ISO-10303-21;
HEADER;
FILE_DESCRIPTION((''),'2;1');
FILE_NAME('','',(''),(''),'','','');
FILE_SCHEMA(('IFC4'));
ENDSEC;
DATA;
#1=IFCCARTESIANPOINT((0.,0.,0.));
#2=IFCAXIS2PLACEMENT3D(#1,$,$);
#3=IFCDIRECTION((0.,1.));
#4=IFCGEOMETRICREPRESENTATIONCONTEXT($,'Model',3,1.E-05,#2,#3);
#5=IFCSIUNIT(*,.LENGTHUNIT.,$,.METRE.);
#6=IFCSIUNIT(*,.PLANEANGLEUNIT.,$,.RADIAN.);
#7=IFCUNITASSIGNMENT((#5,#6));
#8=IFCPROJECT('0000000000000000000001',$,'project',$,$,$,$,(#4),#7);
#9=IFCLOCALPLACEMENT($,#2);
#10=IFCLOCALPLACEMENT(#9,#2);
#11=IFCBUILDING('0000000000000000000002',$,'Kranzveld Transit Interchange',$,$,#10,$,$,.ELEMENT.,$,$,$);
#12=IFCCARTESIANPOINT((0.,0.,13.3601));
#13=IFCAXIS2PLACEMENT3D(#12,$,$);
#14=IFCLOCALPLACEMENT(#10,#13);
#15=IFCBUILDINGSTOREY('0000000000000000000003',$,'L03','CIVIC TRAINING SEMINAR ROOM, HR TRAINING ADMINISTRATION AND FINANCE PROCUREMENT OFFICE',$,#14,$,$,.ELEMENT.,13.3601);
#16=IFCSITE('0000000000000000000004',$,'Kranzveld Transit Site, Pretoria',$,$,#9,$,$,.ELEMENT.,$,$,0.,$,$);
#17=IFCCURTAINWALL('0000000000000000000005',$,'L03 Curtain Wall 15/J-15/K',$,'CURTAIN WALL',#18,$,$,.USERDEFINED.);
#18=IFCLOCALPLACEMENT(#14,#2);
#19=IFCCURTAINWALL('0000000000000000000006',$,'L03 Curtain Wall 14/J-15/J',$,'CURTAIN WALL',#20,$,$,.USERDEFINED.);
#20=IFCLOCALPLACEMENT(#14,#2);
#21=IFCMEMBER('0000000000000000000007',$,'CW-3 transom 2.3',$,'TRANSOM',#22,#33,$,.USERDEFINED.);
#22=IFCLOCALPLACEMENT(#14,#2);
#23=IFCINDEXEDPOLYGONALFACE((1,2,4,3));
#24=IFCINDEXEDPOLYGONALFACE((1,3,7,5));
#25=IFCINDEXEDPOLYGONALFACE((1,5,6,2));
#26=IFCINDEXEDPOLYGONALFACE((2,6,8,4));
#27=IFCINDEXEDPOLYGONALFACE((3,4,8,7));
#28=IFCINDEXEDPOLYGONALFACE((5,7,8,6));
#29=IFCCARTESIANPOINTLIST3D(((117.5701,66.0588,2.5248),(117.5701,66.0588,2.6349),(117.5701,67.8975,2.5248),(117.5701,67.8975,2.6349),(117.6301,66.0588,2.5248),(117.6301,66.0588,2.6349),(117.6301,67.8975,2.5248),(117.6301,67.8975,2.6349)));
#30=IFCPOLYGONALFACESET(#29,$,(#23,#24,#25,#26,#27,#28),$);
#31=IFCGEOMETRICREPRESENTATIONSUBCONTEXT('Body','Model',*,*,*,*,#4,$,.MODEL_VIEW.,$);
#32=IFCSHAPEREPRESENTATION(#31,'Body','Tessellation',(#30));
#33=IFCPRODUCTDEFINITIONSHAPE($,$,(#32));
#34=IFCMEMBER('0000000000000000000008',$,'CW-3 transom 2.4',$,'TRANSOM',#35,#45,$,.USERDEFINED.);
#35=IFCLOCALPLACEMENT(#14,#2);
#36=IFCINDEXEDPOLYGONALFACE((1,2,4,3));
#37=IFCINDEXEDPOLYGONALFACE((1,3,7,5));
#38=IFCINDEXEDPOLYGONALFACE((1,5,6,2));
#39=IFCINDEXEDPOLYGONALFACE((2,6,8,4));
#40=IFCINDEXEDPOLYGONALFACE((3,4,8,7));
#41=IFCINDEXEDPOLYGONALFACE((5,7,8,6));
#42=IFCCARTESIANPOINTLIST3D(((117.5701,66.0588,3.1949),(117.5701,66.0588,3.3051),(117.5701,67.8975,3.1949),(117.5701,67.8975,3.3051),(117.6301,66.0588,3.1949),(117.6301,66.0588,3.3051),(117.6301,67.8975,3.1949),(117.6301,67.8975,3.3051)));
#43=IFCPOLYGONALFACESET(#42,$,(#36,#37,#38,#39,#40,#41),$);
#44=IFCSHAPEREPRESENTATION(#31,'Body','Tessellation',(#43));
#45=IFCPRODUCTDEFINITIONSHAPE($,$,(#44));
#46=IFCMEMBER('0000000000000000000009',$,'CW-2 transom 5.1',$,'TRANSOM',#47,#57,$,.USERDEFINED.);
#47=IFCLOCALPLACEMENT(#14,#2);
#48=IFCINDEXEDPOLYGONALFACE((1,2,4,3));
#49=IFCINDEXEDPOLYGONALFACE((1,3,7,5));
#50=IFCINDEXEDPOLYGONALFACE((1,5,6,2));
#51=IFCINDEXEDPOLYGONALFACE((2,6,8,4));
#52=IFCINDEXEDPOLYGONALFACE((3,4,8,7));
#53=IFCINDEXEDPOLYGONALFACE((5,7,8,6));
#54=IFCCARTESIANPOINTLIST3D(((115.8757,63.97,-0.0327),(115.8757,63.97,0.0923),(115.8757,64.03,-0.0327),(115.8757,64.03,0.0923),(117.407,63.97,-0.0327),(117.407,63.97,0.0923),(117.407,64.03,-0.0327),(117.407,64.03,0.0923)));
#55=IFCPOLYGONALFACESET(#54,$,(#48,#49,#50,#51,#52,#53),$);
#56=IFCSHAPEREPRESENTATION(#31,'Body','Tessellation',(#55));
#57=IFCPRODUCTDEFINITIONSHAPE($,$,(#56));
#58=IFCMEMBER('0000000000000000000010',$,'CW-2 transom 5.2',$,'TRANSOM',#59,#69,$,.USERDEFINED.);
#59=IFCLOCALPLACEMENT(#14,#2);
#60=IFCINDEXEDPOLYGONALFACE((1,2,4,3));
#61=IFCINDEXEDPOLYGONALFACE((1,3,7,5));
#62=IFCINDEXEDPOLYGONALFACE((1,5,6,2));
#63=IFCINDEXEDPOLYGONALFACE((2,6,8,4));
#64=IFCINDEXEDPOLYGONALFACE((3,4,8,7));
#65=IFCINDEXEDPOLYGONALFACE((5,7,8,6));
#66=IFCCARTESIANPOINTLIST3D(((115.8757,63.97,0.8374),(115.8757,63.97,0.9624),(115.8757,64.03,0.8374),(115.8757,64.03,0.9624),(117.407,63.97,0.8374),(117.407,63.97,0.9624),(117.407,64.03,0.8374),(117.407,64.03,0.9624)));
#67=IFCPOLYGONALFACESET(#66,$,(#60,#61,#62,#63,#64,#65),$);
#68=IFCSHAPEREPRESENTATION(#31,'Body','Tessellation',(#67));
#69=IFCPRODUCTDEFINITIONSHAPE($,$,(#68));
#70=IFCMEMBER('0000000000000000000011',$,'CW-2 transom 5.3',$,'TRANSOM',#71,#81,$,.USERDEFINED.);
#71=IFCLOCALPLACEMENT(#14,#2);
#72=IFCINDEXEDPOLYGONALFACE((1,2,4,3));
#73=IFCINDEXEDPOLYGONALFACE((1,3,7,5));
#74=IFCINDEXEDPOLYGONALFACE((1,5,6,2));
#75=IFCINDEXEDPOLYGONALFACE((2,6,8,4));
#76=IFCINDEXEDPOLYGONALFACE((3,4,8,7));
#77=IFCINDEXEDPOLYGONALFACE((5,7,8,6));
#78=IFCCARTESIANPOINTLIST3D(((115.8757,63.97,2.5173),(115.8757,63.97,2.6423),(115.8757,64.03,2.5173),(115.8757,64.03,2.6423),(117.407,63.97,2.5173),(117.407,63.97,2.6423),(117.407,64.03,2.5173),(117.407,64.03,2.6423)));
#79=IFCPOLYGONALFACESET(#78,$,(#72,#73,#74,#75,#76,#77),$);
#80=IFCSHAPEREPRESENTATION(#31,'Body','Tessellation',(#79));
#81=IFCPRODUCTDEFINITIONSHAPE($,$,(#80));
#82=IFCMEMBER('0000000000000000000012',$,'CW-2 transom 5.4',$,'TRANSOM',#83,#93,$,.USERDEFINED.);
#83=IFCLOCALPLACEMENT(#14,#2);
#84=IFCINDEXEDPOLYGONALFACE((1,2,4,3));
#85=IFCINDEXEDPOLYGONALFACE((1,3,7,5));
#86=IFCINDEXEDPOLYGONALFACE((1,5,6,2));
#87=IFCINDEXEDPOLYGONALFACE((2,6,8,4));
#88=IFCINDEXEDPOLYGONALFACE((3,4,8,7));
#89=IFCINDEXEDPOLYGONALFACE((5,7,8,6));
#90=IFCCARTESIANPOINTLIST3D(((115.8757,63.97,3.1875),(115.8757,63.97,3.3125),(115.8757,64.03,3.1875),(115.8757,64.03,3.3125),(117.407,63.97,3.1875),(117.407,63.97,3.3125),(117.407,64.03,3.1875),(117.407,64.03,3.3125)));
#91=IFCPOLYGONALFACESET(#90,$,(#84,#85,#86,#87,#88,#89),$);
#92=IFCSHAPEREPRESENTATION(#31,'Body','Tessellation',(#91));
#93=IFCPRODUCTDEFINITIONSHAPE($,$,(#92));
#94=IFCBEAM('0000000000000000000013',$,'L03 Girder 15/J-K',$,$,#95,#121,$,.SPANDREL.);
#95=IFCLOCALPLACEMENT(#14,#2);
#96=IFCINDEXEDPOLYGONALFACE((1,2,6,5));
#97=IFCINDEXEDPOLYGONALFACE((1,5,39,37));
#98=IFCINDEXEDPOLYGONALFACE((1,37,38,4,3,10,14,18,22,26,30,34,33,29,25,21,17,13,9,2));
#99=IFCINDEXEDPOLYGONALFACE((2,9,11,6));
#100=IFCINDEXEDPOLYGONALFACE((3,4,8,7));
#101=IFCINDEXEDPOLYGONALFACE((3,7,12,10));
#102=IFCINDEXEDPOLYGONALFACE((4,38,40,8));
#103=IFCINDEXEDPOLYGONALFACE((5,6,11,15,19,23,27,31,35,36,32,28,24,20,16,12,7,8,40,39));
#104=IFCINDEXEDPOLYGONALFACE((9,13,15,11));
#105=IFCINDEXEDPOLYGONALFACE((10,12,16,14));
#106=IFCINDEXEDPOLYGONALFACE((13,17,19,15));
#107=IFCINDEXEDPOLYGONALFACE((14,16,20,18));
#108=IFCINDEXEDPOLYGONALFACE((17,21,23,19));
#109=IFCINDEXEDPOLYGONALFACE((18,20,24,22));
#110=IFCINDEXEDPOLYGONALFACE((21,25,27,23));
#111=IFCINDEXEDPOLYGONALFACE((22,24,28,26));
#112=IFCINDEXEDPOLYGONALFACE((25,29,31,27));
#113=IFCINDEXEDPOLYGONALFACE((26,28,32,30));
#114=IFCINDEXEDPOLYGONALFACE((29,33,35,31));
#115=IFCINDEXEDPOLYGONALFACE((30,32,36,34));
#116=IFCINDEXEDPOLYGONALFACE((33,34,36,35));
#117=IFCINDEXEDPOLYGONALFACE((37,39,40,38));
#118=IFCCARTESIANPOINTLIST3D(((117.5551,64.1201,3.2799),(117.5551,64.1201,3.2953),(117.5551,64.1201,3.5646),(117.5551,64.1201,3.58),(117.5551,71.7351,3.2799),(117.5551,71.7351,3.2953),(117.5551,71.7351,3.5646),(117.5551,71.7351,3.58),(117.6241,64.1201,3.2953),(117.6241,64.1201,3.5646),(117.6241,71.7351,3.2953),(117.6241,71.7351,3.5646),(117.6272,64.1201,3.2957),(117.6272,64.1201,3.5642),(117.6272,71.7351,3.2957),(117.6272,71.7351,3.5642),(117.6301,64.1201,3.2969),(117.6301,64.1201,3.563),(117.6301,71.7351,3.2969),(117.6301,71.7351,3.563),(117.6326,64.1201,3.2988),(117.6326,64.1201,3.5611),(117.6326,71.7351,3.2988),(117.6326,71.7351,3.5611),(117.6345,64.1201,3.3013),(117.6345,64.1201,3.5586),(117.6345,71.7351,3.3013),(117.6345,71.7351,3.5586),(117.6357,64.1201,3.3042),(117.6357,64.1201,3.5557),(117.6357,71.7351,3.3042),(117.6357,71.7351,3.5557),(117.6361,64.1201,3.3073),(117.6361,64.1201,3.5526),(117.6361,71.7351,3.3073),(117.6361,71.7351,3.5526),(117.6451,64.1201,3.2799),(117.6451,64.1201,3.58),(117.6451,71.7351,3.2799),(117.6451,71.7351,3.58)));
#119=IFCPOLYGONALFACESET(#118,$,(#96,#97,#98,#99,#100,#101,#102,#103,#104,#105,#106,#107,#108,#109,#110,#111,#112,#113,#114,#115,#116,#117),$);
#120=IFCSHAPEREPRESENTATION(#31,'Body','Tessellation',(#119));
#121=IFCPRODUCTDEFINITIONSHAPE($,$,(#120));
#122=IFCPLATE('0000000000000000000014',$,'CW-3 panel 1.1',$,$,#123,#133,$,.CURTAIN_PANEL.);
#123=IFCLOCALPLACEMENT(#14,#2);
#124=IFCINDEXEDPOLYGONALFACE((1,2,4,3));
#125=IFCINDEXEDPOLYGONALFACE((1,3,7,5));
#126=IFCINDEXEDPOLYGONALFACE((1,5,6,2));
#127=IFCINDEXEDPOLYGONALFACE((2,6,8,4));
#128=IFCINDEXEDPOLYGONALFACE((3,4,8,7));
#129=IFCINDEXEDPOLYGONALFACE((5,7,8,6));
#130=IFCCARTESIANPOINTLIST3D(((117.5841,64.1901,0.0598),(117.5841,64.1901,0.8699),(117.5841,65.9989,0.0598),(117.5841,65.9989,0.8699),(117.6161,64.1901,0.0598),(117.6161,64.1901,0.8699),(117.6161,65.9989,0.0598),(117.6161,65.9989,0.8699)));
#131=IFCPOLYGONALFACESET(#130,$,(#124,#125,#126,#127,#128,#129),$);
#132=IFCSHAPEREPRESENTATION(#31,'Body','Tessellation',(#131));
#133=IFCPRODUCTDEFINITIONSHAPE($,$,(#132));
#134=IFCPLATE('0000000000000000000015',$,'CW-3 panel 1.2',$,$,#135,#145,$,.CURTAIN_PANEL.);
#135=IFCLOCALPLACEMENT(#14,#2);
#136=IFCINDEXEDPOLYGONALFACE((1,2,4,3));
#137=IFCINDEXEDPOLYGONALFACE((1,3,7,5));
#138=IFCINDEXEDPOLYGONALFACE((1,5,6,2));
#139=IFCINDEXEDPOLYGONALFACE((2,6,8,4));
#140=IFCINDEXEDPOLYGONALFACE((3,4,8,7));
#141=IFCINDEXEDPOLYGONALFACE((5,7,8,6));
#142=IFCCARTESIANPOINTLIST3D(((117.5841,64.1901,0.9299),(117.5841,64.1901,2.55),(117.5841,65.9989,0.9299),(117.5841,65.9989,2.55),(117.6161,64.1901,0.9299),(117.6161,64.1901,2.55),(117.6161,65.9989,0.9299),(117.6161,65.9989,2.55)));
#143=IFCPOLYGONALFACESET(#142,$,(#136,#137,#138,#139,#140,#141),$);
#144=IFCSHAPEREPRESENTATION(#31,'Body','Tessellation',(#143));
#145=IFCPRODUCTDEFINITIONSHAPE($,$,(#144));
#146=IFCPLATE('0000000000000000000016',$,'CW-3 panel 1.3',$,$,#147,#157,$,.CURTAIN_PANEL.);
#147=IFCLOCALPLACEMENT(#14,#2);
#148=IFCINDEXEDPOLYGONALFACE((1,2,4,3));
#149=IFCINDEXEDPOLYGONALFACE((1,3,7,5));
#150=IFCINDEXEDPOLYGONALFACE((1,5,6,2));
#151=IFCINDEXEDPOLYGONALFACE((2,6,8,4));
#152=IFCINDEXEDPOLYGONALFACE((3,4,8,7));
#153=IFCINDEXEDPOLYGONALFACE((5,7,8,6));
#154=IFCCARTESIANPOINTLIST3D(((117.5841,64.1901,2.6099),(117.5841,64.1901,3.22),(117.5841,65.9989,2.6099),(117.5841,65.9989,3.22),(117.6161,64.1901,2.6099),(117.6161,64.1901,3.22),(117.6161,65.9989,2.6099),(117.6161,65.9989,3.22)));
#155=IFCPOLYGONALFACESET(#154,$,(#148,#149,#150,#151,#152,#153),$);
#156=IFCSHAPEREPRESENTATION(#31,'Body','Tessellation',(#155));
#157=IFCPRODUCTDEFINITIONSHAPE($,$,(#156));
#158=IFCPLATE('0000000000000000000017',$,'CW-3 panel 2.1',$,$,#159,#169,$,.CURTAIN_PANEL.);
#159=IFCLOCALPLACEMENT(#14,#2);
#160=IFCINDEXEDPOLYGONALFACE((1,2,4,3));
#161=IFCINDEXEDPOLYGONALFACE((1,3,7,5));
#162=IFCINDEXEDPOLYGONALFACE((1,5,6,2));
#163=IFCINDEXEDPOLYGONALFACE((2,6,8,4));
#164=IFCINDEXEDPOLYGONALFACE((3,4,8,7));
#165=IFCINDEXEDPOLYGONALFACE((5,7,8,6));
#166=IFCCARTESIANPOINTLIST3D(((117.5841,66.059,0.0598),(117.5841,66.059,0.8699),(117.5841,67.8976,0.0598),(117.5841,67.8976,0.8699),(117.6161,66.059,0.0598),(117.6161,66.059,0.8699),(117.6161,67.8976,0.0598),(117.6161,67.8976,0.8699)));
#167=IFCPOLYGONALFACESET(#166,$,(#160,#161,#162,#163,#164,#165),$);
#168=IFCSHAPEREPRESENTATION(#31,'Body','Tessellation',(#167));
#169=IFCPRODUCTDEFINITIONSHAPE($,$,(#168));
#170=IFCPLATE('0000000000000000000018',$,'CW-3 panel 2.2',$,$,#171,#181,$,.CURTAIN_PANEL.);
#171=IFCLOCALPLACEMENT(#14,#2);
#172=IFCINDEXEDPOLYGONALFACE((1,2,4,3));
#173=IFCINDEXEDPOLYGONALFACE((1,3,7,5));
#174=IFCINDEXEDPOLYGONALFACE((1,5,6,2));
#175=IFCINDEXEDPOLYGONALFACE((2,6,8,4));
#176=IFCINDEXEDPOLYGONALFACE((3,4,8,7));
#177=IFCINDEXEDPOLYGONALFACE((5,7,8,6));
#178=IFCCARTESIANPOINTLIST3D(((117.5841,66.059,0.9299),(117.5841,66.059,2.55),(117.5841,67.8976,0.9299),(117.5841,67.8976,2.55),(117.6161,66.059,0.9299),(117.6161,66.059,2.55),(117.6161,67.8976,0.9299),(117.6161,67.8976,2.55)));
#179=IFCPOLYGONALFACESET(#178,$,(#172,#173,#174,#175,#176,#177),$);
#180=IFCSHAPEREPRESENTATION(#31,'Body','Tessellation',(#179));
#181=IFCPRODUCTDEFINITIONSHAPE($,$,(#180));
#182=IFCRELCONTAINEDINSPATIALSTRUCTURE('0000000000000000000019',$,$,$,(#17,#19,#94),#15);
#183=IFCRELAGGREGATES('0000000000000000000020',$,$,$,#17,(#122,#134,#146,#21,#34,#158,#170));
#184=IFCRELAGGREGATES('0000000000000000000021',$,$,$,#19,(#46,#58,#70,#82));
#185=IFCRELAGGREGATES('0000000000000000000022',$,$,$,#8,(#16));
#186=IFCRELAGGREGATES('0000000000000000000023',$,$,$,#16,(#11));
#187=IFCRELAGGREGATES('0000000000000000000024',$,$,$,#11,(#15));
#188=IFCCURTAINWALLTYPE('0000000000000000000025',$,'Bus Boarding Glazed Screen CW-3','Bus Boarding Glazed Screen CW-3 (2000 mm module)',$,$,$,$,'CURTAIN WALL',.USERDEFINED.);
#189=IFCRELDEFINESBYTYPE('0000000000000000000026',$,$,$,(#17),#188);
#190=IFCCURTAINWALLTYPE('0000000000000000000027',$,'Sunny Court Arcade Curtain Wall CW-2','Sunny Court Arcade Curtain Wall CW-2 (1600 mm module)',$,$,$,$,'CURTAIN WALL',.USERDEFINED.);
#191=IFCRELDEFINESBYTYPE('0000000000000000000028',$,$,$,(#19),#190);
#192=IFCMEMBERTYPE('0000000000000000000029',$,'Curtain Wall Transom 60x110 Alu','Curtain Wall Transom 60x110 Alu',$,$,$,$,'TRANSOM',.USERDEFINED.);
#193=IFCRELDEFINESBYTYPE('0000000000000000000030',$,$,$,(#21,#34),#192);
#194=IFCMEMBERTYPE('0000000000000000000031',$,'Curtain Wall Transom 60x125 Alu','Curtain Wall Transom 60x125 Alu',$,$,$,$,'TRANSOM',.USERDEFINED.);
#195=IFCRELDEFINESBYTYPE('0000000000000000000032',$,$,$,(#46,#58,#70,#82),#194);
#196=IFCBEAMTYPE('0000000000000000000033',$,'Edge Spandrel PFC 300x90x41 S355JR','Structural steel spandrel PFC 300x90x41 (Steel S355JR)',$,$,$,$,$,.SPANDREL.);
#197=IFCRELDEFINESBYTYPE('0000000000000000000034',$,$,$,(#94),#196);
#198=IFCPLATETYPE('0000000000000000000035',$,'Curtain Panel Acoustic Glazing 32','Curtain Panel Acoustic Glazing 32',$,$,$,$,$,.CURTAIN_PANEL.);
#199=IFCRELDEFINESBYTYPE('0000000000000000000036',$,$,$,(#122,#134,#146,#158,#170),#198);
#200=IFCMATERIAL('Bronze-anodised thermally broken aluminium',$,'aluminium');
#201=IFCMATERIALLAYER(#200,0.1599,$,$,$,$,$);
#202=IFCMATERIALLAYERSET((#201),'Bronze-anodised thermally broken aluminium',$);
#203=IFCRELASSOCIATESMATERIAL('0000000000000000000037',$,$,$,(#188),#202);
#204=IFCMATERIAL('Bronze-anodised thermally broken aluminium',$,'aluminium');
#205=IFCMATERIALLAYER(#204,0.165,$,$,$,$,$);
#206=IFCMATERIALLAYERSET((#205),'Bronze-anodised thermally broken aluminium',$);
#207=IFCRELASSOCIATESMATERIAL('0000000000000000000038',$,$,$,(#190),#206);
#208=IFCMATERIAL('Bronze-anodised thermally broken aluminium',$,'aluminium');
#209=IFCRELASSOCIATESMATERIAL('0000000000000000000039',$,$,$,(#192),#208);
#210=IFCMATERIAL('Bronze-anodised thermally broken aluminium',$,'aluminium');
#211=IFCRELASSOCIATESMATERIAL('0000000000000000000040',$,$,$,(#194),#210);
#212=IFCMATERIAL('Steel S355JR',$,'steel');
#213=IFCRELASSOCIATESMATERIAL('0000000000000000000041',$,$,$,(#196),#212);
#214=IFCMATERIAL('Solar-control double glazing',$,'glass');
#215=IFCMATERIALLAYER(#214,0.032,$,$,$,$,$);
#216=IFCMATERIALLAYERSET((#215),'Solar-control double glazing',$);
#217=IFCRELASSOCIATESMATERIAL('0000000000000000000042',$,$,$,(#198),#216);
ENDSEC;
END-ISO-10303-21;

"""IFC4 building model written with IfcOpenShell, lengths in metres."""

from ifc_helpers import new_model, si_unit, direction, frame, origin, origin_2d, place, context, subcontext, project, spatial, rectangle, u_section, extrude, material, layer, layer_set, material_profile, profile_set, type_object, element, aggregate, save


model = new_model("IFC4")

# Units and contexts
model_context = context("Model", 3, precision=1e-05, world=origin(), true_north=direction((0.0, 1.0)))
body_context = subcontext(model_context, "Body", "Model", "MODEL_VIEW")
ifc_project = project(units=[si_unit("LENGTHUNIT", "METRE"), si_unit("PLANEANGLEUNIT", "RADIAN")], contexts=[model_context])

# Site, building, storey
site_placement = place(None, origin())
site = spatial("IfcSite", under=ifc_project, at=site_placement, Name="Kranzveld Transit Site, Pretoria", CompositionType="ELEMENT", RefElevation=0.0)
building_placement = place(site_placement, origin())
building = spatial("IfcBuilding", under=site, at=building_placement, Name="Kranzveld Transit Interchange", CompositionType="ELEMENT")
storey_placement = place(building_placement, frame((0.0, 0.0, 13.3601)))
storey = spatial("IfcBuildingStorey", under=building, at=storey_placement, Name="L03", Description="CIVIC TRAINING SEMINAR ROOM, HR TRAINING ADMINISTRATION AND FINANCE PROCUREMENT OFFICE", CompositionType="ELEMENT", Elevation=13.3601)

# Curtain walls
ifc_material_1 = material(Name="Bronze-anodised thermally broken aluminium", Category="aluminium")
ifc_layer_1 = layer(ifc_material_1, 0.1599)
ifc_layer_set_1 = layer_set([ifc_layer_1], Name="Bronze-anodised thermally broken aluminium")
curtain_wall_type_1 = type_object("IfcCurtainWallType", Name="Bus Boarding Glazed Screen CW-3", Description="Bus Boarding Glazed Screen CW-3 (2000 mm module)", ElementType="CURTAIN WALL", PredefinedType="USERDEFINED", material=ifc_layer_set_1)
curtain_wall_1_placement = place(storey_placement, origin())
curtain_wall_1 = element("IfcCurtainWall", 1, at=curtain_wall_1_placement, inside=storey, type_object=curtain_wall_type_1, Name="L03 Curtain Wall 15/J-15/K", ObjectType="CURTAIN WALL", PredefinedType="USERDEFINED")
ifc_material_2 = material(Name="Bronze-anodised thermally broken aluminium", Category="aluminium")
ifc_layer_2 = layer(ifc_material_2, 0.165)
ifc_layer_set_2 = layer_set([ifc_layer_2], Name="Bronze-anodised thermally broken aluminium")
curtain_wall_type_2 = type_object("IfcCurtainWallType", Name="Sunny Court Arcade Curtain Wall CW-2", Description="Sunny Court Arcade Curtain Wall CW-2 (1600 mm module)", ElementType="CURTAIN WALL", PredefinedType="USERDEFINED", material=ifc_layer_set_2)
curtain_wall_2_placement = place(storey_placement, origin())
curtain_wall_2 = element("IfcCurtainWall", 2, at=curtain_wall_2_placement, inside=storey, type_object=curtain_wall_type_2, Name="L03 Curtain Wall 14/J-15/J", ObjectType="CURTAIN WALL", PredefinedType="USERDEFINED")

# Members
ifc_material_3 = material(Name="Bronze-anodised thermally broken aluminium", Category="aluminium")
ifc_material_profile_1 = material_profile(ifc_material_3, rectangle(XDim=0.0601, YDim=0.1101, at=origin_2d()), Name="ALU TRANSOM 60x110")
ifc_profile_set_1 = profile_set([ifc_material_profile_1], Name="Bronze-anodised thermally broken aluminium")
member_type_1 = type_object("IfcMemberType", Name="Curtain Wall Transom 60x110 Alu", Description="Curtain Wall Transom 60x110 Alu", ElementType="TRANSOM", PredefinedType="USERDEFINED", material=ifc_profile_set_1)
member_1_placement = place(storey_placement, frame((117.6001, 66.0588, 2.5798), z_axis=(0.0, 1.0, 0.0), x_axis=(-1.0, 0.0, 0.0)))
member_1 = element("IfcMember", 3, at=member_1_placement, type_object=member_type_1, Name="CW-3 transom 2.3", ObjectType="TRANSOM", PredefinedType="USERDEFINED", context=body_context, shape_type="SweptSolid", body=[
    extrude(rectangle(XDim=0.0601, YDim=0.1101, at=origin_2d()), origin(), (0.0, 0.0, 1.0), 1.8386),
])
member_2_placement = place(storey_placement, frame((117.6001, 66.0588, 3.25), z_axis=(0.0, 1.0, 0.0), x_axis=(-1.0, 0.0, 0.0)))
member_2 = element("IfcMember", 4, at=member_2_placement, type_object=member_type_1, Name="CW-3 transom 2.4", ObjectType="TRANSOM", PredefinedType="USERDEFINED", context=body_context, shape_type="SweptSolid", body=[
    extrude(rectangle(XDim=0.0601, YDim=0.1101, at=origin_2d()), origin(), (0.0, 0.0, 1.0), 1.8386),
])
ifc_material_4 = material(Name="Bronze-anodised thermally broken aluminium", Category="aluminium")
ifc_material_profile_2 = material_profile(ifc_material_4, rectangle(XDim=0.0601, YDim=0.125, at=origin_2d()), Name="ALU TRANSOM 60x125")
ifc_profile_set_2 = profile_set([ifc_material_profile_2], Name="Bronze-anodised thermally broken aluminium")
member_type_2 = type_object("IfcMemberType", Name="Curtain Wall Transom 60x125 Alu", Description="Curtain Wall Transom 60x125 Alu", ElementType="TRANSOM", PredefinedType="USERDEFINED", material=ifc_profile_set_2)
member_3_placement = place(storey_placement, frame((115.8757, 64.0, 0.0298), z_axis=(1.0, 0.0, 0.0), x_axis=(0.0, 1.0, 0.0)))
member_3 = element("IfcMember", 5, at=member_3_placement, type_object=member_type_2, Name="CW-2 transom 5.1", ObjectType="TRANSOM", PredefinedType="USERDEFINED", context=body_context, shape_type="SweptSolid", body=[
    extrude(rectangle(XDim=0.0601, YDim=0.125, at=origin_2d()), origin(), (0.0, 0.0, 1.0), 1.5312),
])
member_4_placement = place(storey_placement, frame((115.8757, 64.0, 0.8999), z_axis=(1.0, 0.0, 0.0), x_axis=(0.0, 1.0, 0.0)))
member_4 = element("IfcMember", 6, at=member_4_placement, type_object=member_type_2, Name="CW-2 transom 5.2", ObjectType="TRANSOM", PredefinedType="USERDEFINED", context=body_context, shape_type="SweptSolid", body=[
    extrude(rectangle(XDim=0.0601, YDim=0.125, at=origin_2d()), origin(), (0.0, 0.0, 1.0), 1.5312),
])
member_5_placement = place(storey_placement, frame((115.8757, 64.0, 2.5798), z_axis=(1.0, 0.0, 0.0), x_axis=(0.0, 1.0, 0.0)))
member_5 = element("IfcMember", 7, at=member_5_placement, type_object=member_type_2, Name="CW-2 transom 5.3", ObjectType="TRANSOM", PredefinedType="USERDEFINED", context=body_context, shape_type="SweptSolid", body=[
    extrude(rectangle(XDim=0.0601, YDim=0.125, at=origin_2d()), origin(), (0.0, 0.0, 1.0), 1.5312),
])
member_6_placement = place(storey_placement, frame((115.8757, 64.0, 3.25), z_axis=(1.0, 0.0, 0.0), x_axis=(0.0, 1.0, 0.0)))
member_6 = element("IfcMember", 8, at=member_6_placement, type_object=member_type_2, Name="CW-2 transom 5.4", ObjectType="TRANSOM", PredefinedType="USERDEFINED", context=body_context, shape_type="SweptSolid", body=[
    extrude(rectangle(XDim=0.0601, YDim=0.125, at=origin_2d()), origin(), (0.0, 0.0, 1.0), 1.5312),
])

# Beam
ifc_material_5 = material(Name="Steel S355JR", Category="steel")
ifc_material_profile_3 = material_profile(ifc_material_5, u_section(Depth=0.3, FlangeWidth=0.0901, WebThickness=0.009, FlangeThickness=0.0154, FilletRadius=0.012, at=origin_2d()), Name="PFC 300x90x41")
ifc_profile_set_3 = profile_set([ifc_material_profile_3], Name="Steel S355JR")
beam_type = type_object("IfcBeamType", Name="Edge Spandrel PFC 300x90x41 S355JR", Description="Structural steel spandrel PFC 300x90x41 (Steel S355JR)", PredefinedType="SPANDREL", material=ifc_profile_set_3)
beam_placement = place(storey_placement, frame((117.6001, 64.1201, 3.4299), z_axis=(0.0, 1.0, 0.0), x_axis=(-1.0, 0.0, 0.0)))
element("IfcBeam", 9, at=beam_placement, inside=storey, type_object=beam_type, Name="L03 Girder 15/J-K", PredefinedType="SPANDREL", context=body_context, shape_type="SweptSolid", body=[
    extrude(u_section(Depth=0.3, FlangeWidth=0.0901, WebThickness=0.009, FlangeThickness=0.0154, FilletRadius=0.012, at=origin_2d()), origin(), (0.0, 0.0, 1.0), 7.615),
])

# Plates
ifc_material_6 = material(Name="Solar-control double glazing", Category="glass")
ifc_layer_3 = layer(ifc_material_6, 0.032)
ifc_layer_set_3 = layer_set([ifc_layer_3], Name="Solar-control double glazing")
plate_type_1 = type_object("IfcPlateType", Name="Curtain Panel Acoustic Glazing 32", Description="Curtain Panel Acoustic Glazing 32", PredefinedType="CURTAIN_PANEL", material=ifc_layer_set_3)
plate_1_placement = place(storey_placement, frame((117.6001, 65.0945, 0.0598), z_axis=(0.0, 0.0, 1.0), x_axis=(0.0, 1.0, 0.0)))
plate_1 = element("IfcPlate", 10, at=plate_1_placement, type_object=plate_type_1, Name="CW-3 panel 1.1", PredefinedType="CURTAIN_PANEL", context=body_context, shape_type="SweptSolid", body=[
    extrude(rectangle(XDim=1.8088, YDim=0.032, at=origin_2d()), origin(), (0.0, 0.0, 1.0), 0.8101),
])
plate_2_placement = place(storey_placement, frame((117.6001, 65.0945, 0.9299), z_axis=(0.0, 0.0, 1.0), x_axis=(0.0, 1.0, 0.0)))
plate_2 = element("IfcPlate", 11, at=plate_2_placement, type_object=plate_type_1, Name="CW-3 panel 1.2", PredefinedType="CURTAIN_PANEL", context=body_context, shape_type="SweptSolid", body=[
    extrude(rectangle(XDim=1.8088, YDim=0.032, at=origin_2d()), origin(), (0.0, 0.0, 1.0), 1.6201),
])
plate_3_placement = place(storey_placement, frame((117.6001, 65.0945, 2.6099), z_axis=(0.0, 0.0, 1.0), x_axis=(0.0, 1.0, 0.0)))
plate_3 = element("IfcPlate", 12, at=plate_3_placement, type_object=plate_type_1, Name="CW-3 panel 1.3", PredefinedType="CURTAIN_PANEL", context=body_context, shape_type="SweptSolid", body=[
    extrude(rectangle(XDim=1.8088, YDim=0.032, at=origin_2d()), origin(), (0.0, 0.0, 1.0), 0.6101),
])
plate_4_placement = place(storey_placement, frame((117.6001, 66.9783, 0.0598), z_axis=(0.0, 0.0, 1.0), x_axis=(0.0, 1.0, 0.0)))
plate_4 = element("IfcPlate", 13, at=plate_4_placement, type_object=plate_type_1, Name="CW-3 panel 2.1", PredefinedType="CURTAIN_PANEL", context=body_context, shape_type="SweptSolid", body=[
    extrude(rectangle(XDim=1.8386, YDim=0.032, at=origin_2d()), origin(), (0.0, 0.0, 1.0), 0.8101),
])
plate_5_placement = place(storey_placement, frame((117.6001, 66.9783, 0.9299), z_axis=(0.0, 0.0, 1.0), x_axis=(0.0, 1.0, 0.0)))
plate_5 = element("IfcPlate", 14, at=plate_5_placement, type_object=plate_type_1, Name="CW-3 panel 2.2", PredefinedType="CURTAIN_PANEL", context=body_context, shape_type="SweptSolid", body=[
    extrude(rectangle(XDim=1.8386, YDim=0.032, at=origin_2d()), origin(), (0.0, 0.0, 1.0), 1.6201),
])
aggregate(curtain_wall_1, [plate_1, plate_2, plate_3, member_1, member_2, plate_4, plate_5])
aggregate(curtain_wall_2, [member_3, member_4, member_5, member_6])

save(model, "model.ifc")
